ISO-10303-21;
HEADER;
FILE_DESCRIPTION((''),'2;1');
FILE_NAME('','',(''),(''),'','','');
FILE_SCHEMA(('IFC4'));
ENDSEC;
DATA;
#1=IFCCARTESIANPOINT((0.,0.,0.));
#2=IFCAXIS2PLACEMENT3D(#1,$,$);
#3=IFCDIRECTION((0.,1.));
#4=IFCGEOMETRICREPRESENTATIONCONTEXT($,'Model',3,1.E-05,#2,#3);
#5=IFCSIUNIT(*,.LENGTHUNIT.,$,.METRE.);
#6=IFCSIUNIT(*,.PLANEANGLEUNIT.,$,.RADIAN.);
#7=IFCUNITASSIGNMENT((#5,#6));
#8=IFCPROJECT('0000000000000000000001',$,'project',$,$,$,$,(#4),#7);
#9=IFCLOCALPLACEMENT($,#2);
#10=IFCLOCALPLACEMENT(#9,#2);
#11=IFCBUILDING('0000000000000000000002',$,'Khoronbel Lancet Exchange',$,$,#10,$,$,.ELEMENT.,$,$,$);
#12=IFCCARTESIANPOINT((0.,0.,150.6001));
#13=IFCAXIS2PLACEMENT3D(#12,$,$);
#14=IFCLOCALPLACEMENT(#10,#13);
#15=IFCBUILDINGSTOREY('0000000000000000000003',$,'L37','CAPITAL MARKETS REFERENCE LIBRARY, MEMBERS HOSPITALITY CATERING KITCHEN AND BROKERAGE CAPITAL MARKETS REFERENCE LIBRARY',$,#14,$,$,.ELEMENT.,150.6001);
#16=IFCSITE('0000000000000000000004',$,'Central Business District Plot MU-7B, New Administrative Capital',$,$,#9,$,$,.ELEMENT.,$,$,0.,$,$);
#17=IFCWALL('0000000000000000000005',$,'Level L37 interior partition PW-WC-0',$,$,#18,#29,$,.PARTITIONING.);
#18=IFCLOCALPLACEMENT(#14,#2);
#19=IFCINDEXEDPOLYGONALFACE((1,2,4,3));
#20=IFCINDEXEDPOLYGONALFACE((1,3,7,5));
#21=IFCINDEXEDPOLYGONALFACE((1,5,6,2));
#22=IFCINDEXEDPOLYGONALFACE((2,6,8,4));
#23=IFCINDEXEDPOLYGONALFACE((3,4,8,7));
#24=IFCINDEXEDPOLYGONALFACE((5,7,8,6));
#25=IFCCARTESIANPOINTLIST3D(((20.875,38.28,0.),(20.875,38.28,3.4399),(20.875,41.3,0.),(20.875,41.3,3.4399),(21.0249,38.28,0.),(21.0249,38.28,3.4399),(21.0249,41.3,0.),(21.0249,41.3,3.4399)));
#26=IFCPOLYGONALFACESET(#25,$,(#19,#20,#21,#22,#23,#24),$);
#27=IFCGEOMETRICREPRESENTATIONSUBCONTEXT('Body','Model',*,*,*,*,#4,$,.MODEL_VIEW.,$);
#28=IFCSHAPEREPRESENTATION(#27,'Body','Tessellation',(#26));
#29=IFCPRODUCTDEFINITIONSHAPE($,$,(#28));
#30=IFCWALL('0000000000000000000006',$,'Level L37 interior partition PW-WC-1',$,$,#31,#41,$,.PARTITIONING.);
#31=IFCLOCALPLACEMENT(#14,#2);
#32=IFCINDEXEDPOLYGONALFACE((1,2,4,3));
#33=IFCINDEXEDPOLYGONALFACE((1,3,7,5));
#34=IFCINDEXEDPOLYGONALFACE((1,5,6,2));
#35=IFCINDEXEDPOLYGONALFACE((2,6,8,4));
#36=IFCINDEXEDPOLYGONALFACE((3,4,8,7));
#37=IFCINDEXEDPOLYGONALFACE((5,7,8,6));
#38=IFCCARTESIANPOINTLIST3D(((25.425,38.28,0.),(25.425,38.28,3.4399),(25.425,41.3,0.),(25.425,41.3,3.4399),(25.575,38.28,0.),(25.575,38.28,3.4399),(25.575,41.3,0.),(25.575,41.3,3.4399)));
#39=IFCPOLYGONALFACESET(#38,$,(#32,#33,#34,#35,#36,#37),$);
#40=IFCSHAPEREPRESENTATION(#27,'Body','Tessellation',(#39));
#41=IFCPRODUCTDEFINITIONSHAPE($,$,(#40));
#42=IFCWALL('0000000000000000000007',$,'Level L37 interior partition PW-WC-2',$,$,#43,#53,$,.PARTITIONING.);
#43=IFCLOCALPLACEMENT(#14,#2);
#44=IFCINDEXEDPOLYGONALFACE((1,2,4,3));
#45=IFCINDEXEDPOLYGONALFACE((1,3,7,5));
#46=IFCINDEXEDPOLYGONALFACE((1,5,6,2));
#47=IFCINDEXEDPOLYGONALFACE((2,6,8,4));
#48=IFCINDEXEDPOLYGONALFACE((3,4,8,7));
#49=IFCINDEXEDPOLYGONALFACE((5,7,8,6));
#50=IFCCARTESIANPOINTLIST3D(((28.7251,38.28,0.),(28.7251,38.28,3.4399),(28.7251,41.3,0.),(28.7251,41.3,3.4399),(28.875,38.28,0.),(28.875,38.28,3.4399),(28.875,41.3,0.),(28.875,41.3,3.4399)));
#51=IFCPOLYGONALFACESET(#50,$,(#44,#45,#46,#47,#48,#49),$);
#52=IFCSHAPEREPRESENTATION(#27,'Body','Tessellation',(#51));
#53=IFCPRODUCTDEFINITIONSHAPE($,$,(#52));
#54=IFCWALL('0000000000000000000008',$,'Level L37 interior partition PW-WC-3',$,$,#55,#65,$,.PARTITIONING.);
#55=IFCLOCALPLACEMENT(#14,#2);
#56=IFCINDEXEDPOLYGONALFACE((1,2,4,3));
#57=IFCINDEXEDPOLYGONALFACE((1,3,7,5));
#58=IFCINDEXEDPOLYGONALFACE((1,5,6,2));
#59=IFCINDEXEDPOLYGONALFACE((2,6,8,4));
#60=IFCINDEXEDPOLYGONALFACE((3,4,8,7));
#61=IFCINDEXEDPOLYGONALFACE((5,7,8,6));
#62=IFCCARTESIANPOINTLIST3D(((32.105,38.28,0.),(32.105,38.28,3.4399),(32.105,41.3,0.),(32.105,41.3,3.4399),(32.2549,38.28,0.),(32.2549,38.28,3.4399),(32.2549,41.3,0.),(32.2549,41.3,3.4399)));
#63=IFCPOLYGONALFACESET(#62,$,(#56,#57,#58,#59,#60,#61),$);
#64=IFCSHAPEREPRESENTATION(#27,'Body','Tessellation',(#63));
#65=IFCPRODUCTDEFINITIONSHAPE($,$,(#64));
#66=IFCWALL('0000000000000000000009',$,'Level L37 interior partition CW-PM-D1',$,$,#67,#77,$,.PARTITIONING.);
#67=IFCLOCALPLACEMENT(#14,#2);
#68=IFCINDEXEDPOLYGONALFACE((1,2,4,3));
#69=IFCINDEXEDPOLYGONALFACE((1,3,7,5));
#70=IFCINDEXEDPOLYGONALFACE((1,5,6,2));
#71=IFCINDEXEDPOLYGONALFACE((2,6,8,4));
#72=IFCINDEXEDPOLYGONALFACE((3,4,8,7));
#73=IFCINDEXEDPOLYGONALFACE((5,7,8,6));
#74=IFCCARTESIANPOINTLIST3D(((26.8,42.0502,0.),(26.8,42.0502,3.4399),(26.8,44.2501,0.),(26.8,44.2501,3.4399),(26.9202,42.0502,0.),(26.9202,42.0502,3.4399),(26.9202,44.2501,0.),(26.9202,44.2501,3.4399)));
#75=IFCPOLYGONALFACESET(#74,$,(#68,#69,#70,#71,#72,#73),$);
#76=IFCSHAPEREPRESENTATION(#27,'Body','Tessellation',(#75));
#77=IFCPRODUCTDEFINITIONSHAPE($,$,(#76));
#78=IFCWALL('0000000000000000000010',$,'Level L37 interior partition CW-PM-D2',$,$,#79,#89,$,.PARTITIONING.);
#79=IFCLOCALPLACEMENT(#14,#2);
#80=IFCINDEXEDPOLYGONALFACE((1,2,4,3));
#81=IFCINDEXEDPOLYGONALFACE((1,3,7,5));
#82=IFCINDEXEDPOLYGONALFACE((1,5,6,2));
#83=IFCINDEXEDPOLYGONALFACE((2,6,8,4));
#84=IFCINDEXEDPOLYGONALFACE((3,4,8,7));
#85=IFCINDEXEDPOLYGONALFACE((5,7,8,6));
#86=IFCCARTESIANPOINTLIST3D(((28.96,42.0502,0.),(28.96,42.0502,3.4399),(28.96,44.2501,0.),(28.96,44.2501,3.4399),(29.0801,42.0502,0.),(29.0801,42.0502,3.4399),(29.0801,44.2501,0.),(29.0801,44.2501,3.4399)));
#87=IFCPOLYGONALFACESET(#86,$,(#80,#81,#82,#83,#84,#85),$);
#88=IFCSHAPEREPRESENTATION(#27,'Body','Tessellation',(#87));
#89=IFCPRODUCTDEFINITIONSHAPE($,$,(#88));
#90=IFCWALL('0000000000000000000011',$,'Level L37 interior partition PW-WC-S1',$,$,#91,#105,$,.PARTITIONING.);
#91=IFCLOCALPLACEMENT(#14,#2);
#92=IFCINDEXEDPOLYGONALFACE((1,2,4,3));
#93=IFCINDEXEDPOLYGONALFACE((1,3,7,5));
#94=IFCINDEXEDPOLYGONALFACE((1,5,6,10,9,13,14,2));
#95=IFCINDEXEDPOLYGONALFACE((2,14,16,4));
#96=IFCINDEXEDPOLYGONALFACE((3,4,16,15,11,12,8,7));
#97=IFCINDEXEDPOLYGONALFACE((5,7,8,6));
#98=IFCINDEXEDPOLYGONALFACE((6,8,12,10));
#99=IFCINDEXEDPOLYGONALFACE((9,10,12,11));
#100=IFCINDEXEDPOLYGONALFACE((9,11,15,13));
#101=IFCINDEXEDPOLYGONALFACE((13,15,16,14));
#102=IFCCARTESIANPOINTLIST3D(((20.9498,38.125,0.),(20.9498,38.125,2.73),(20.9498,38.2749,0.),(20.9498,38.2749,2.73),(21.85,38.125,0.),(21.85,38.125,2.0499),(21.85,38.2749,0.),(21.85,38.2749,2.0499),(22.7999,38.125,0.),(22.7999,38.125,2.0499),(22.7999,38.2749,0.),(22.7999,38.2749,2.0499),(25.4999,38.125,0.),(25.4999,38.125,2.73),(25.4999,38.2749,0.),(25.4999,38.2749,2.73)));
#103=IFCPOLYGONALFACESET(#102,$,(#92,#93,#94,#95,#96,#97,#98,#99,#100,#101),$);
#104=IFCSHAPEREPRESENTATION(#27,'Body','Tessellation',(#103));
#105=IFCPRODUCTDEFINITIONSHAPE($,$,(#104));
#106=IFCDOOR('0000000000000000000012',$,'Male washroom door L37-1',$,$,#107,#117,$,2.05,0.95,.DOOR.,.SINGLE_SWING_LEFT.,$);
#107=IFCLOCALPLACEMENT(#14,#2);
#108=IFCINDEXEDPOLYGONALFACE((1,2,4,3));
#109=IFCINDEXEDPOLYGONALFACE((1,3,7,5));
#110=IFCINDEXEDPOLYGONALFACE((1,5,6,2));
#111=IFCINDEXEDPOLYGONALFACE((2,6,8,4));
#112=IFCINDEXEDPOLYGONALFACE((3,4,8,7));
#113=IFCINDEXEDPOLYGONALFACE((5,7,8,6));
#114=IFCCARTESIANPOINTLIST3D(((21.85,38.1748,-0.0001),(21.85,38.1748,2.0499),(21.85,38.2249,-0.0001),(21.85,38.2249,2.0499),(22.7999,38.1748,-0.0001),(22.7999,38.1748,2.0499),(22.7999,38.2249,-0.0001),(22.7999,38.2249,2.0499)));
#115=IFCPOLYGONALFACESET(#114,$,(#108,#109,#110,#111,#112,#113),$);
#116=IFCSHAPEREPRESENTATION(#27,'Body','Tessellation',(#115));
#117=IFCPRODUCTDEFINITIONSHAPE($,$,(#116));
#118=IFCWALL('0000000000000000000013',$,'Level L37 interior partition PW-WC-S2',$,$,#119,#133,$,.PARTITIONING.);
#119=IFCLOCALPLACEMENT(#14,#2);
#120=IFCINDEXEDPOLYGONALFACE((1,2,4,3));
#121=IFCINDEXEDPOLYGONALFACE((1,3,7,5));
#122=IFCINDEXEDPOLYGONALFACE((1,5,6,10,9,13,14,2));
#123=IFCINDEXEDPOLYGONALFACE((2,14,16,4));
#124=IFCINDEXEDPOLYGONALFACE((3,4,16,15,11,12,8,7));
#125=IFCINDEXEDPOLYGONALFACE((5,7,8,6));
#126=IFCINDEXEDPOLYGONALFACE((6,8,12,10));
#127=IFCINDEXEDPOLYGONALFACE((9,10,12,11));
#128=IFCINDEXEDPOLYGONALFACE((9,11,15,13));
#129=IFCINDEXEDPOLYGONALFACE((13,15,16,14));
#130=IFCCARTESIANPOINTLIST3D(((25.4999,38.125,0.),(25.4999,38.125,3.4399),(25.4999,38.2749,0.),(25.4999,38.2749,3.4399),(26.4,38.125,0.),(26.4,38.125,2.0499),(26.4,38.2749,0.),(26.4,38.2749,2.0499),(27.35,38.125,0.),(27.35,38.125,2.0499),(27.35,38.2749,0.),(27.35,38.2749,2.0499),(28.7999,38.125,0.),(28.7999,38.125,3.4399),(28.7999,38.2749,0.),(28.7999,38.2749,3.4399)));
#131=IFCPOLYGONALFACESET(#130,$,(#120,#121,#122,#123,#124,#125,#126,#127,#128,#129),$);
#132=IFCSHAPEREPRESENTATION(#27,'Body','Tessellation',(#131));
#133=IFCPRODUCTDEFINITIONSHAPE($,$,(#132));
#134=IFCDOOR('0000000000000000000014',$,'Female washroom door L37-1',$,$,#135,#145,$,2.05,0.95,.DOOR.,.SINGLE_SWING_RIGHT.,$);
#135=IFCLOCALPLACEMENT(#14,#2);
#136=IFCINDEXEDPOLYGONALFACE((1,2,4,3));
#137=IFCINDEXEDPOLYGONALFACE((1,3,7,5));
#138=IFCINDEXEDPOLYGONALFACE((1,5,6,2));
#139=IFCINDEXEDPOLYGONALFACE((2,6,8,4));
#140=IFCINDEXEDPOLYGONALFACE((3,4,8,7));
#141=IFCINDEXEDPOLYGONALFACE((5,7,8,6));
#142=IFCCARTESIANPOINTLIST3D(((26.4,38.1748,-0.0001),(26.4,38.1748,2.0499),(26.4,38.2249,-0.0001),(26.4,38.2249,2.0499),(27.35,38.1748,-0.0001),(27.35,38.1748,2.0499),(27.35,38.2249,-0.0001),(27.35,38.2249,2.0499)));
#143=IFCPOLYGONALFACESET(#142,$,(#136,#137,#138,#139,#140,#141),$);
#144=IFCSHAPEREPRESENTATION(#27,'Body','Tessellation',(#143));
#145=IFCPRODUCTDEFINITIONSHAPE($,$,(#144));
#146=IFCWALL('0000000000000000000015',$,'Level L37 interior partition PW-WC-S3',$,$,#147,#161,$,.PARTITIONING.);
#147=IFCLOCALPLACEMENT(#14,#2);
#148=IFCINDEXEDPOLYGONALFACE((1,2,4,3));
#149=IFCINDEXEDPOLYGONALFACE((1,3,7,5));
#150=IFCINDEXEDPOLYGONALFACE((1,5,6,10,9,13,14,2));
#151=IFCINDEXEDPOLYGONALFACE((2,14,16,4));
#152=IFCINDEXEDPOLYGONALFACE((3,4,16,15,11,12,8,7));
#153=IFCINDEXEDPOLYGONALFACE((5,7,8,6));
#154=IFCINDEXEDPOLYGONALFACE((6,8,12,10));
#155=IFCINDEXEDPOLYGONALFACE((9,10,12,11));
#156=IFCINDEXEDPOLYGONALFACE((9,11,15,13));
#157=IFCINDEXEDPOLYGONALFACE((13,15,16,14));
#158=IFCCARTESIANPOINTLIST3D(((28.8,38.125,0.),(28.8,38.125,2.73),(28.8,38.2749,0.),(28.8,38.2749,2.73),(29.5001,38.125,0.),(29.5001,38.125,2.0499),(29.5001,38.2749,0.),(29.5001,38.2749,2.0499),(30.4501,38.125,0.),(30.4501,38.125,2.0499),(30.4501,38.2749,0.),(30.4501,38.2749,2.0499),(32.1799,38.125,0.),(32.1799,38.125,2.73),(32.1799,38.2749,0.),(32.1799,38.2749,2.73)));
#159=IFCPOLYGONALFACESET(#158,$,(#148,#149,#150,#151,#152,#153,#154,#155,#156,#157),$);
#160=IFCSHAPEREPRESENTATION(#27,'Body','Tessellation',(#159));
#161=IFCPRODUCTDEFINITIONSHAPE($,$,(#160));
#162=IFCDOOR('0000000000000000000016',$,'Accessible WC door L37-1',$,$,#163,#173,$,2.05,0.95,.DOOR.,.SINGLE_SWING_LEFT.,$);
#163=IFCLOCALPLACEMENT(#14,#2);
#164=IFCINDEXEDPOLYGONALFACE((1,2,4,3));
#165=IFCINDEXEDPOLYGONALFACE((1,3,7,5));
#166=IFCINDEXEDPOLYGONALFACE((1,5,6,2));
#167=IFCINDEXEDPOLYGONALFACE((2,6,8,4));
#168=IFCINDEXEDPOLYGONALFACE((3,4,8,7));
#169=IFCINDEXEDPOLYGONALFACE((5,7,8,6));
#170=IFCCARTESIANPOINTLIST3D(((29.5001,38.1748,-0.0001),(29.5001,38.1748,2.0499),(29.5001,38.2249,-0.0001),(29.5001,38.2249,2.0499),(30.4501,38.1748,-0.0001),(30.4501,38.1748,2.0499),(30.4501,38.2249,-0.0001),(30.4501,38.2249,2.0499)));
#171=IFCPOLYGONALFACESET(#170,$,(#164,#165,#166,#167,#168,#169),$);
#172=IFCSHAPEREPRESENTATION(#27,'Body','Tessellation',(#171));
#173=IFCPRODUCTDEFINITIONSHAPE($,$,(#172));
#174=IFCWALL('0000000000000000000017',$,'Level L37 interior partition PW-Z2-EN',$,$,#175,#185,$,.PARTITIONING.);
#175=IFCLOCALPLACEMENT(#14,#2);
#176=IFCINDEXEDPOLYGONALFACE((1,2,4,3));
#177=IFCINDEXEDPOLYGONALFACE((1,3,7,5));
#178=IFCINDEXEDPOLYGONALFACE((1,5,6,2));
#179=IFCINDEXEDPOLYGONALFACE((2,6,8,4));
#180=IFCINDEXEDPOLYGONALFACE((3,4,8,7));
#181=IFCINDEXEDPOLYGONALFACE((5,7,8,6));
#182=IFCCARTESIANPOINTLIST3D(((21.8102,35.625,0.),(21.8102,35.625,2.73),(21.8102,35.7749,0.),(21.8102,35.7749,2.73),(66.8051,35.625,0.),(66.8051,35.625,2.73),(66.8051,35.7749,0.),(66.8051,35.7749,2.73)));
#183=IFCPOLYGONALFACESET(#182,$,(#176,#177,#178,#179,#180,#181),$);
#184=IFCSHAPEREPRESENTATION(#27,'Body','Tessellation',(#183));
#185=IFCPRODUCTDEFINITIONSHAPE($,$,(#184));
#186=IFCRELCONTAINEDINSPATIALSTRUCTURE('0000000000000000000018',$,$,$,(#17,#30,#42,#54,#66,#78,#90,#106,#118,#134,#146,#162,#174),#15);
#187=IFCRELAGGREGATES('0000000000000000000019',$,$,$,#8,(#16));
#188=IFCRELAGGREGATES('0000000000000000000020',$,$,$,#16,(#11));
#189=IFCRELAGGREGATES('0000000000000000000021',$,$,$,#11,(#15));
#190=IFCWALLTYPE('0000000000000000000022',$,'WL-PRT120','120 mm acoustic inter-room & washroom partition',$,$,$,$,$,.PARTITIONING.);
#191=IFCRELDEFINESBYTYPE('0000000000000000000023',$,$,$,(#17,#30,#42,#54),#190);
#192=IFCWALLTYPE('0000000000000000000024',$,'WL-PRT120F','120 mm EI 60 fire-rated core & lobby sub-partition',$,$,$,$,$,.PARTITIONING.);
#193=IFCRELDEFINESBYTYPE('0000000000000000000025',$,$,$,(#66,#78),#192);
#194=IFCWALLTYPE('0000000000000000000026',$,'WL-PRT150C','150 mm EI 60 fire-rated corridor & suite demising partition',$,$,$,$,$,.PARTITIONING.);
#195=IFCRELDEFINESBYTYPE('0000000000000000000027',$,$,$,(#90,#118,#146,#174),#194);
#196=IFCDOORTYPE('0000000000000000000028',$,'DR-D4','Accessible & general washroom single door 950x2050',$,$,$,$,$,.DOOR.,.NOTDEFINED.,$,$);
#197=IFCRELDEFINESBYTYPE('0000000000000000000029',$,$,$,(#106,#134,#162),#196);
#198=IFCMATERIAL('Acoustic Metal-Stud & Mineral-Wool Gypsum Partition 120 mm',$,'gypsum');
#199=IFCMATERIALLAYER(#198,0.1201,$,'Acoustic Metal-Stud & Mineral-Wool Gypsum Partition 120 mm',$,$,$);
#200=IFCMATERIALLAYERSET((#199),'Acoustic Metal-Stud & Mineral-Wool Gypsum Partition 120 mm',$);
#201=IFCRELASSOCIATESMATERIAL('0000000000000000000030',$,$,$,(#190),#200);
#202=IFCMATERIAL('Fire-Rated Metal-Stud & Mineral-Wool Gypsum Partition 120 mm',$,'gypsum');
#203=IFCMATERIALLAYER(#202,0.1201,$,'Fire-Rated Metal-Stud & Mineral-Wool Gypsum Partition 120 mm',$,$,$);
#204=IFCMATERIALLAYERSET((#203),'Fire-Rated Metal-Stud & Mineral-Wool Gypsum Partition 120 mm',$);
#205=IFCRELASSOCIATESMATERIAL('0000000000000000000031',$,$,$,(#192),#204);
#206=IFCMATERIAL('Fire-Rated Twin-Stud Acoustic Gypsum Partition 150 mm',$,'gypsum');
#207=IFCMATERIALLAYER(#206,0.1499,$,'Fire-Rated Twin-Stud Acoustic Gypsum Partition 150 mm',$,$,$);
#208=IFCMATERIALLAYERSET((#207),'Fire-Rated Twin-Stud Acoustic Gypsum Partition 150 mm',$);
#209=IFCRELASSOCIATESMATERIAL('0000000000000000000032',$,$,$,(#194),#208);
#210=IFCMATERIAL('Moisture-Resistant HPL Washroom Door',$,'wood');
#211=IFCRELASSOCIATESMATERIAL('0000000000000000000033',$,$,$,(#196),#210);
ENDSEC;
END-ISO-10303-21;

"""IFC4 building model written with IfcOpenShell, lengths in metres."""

from ifc_helpers import new_model, si_unit, direction, frame, frame_2d, origin, place, context, subcontext, project, spatial, rectangle, extrude, material, layer, layer_set, type_object, element, fill, save


model = new_model("IFC4")

# Units and contexts
model_context = context("Model", 3, precision=1e-05, world=origin(), true_north=direction((0.0, 1.0)))
body_context = subcontext(model_context, "Body", "Model", "MODEL_VIEW")
ifc_project = project(units=[si_unit("LENGTHUNIT", "METRE"), si_unit("PLANEANGLEUNIT", "RADIAN")], contexts=[model_context])

# Site, building, storey
site_placement = place(None, origin())
site = spatial("IfcSite", under=ifc_project, at=site_placement, Name="Central Business District Plot MU-7B, New Administrative Capital", CompositionType="ELEMENT", RefElevation=0.0)
building_placement = place(site_placement, origin())
building = spatial("IfcBuilding", under=site, at=building_placement, Name="Khoronbel Lancet Exchange", CompositionType="ELEMENT")
storey_placement = place(building_placement, frame((0.0, 0.0, 150.6001)))
storey = spatial("IfcBuildingStorey", under=building, at=storey_placement, Name="L37", Description="CAPITAL MARKETS REFERENCE LIBRARY, MEMBERS HOSPITALITY CATERING KITCHEN AND BROKERAGE CAPITAL MARKETS REFERENCE LIBRARY", CompositionType="ELEMENT", Elevation=150.6001)

# Walls
ifc_material_1 = material(Name="Acoustic Metal-Stud & Mineral-Wool Gypsum Partition 120 mm", Category="gypsum")
ifc_layer_1 = layer(ifc_material_1, 0.1201, Name="Acoustic Metal-Stud & Mineral-Wool Gypsum Partition 120 mm")
ifc_layer_set_1 = layer_set([ifc_layer_1], Name="Acoustic Metal-Stud & Mineral-Wool Gypsum Partition 120 mm")
wall_type_1 = type_object("IfcWallType", Name="WL-PRT120", Description="120 mm acoustic inter-room & washroom partition", PredefinedType="PARTITIONING", material=ifc_layer_set_1)
for number, where, z_axis, x_axis, name in (
    (1, (20.95, 38.28, 0.0), (0.0, 0.0, 1.0), (0.0, 1.0, 0.0), "Level L37 interior partition PW-WC-0"),
    (2, (25.5, 38.28, 0.0), (0.0, 0.0, 1.0), (0.0, 1.0, 0.0), "Level L37 interior partition PW-WC-1"),
    (3, (28.8, 38.28, 0.0), (0.0, 0.0, 1.0), (0.0, 1.0, 0.0), "Level L37 interior partition PW-WC-2"),
    (4, (32.1799, 38.28, 0.0), (0.0, 0.0, 1.0), (0.0, 1.0, 0.0), "Level L37 interior partition PW-WC-3"),
):
    element("IfcWall", number, at=place(storey_placement, frame(where, z_axis=z_axis, x_axis=x_axis)), inside=storey, type_object=wall_type_1, Name=name, PredefinedType="PARTITIONING", context=body_context, shape_type="SweptSolid", body=[
        extrude(rectangle(XDim=3.02, YDim=0.1499, at=frame_2d((1.51, 0.0))), origin(), (0.0, 0.0, 1.0), 3.4399),
    ])
ifc_material_2 = material(Name="Fire-Rated Metal-Stud & Mineral-Wool Gypsum Partition 120 mm", Category="gypsum")
ifc_layer_2 = layer(ifc_material_2, 0.1201, Name="Fire-Rated Metal-Stud & Mineral-Wool Gypsum Partition 120 mm")
ifc_layer_set_2 = layer_set([ifc_layer_2], Name="Fire-Rated Metal-Stud & Mineral-Wool Gypsum Partition 120 mm")
wall_type_2 = type_object("IfcWallType", Name="WL-PRT120F", Description="120 mm EI 60 fire-rated core & lobby sub-partition", PredefinedType="PARTITIONING", material=ifc_layer_set_2)
for number, where, z_axis, x_axis, name in (
    (5, (26.8601, 42.05, 0.0), (0.0, 0.0, 1.0), (0.0, 1.0, 0.0), "Level L37 interior partition CW-PM-D1"),
    (6, (29.02, 42.05, 0.0), (0.0, 0.0, 1.0), (0.0, 1.0, 0.0), "Level L37 interior partition CW-PM-D2"),
):
    element("IfcWall", number, at=place(storey_placement, frame(where, z_axis=z_axis, x_axis=x_axis)), inside=storey, type_object=wall_type_2, Name=name, PredefinedType="PARTITIONING", context=body_context, shape_type="SweptSolid", body=[
        extrude(rectangle(XDim=2.2, YDim=0.1201, at=frame_2d((1.1001, 0.0))), origin(), (0.0, 0.0, 1.0), 3.4399),
    ])

# Walls, openings, doors
ifc_material_3 = material(Name="Fire-Rated Twin-Stud Acoustic Gypsum Partition 150 mm", Category="gypsum")
ifc_layer_3 = layer(ifc_material_3, 0.1499, Name="Fire-Rated Twin-Stud Acoustic Gypsum Partition 150 mm")
ifc_layer_set_3 = layer_set([ifc_layer_3], Name="Fire-Rated Twin-Stud Acoustic Gypsum Partition 150 mm")
wall_type_3 = type_object("IfcWallType", Name="WL-PRT150C", Description="150 mm EI 60 fire-rated corridor & suite demising partition", PredefinedType="PARTITIONING", material=ifc_layer_set_3)
wall_1_placement = place(storey_placement, frame((20.95, 38.2, 0.0), z_axis=(0.0, 0.0, 1.0), x_axis=(1.0, 0.0, 0.0)))
wall_1 = element("IfcWall", 7, at=wall_1_placement, inside=storey, type_object=wall_type_3, Name="Level L37 interior partition PW-WC-S1", PredefinedType="PARTITIONING", context=body_context, shape_type="SweptSolid", body=[
    extrude(rectangle(XDim=4.55, YDim=0.1499, at=frame_2d((2.2749, 0.0))), origin(), (0.0, 0.0, 1.0), 2.73),
])
opening_1_placement = place(wall_1_placement, frame((0.8999, 0.0, 0.0)))
opening_1 = element("IfcOpeningElement", 8, at=opening_1_placement, cuts=wall_1, PredefinedType="OPENING", context=body_context, shape_type="SweptSolid", body=[
    extrude(rectangle(XDim=0.95, YDim=2.05, at=frame_2d((0.4751, 1.0249))), frame((0.0, 0.085, 0.0), z_axis=(0.0, -1.0, 0.0), x_axis=(1.0, 0.0, 0.0)), (0.0, 0.0, 1.0), 0.1699),
])
ifc_material_4 = material(Name="Moisture-Resistant HPL Washroom Door", Category="wood")
door_type_1 = type_object("IfcDoorType", Name="DR-D4", Description="Accessible & general washroom single door 950x2050", OperationType="NOTDEFINED", PredefinedType="DOOR", material=ifc_material_4)
door_1_placement = place(opening_1_placement, origin())
door_1 = element("IfcDoor", 9, at=door_1_placement, inside=storey, type_object=door_type_1, Name="Male washroom door L37-1", OperationType="SINGLE_SWING_LEFT", OverallHeight=2.05, OverallWidth=0.95, PredefinedType="DOOR", context=body_context, shape_type="SweptSolid", body=[
    extrude(rectangle(XDim=0.95, YDim=2.05, at=frame_2d((0.4751, 1.0249))), frame((0.0, 0.0249, 0.0), z_axis=(0.0, -1.0, 0.0), x_axis=(1.0, 0.0, 0.0)), (0.0, 0.0, 1.0), 0.05),
])
fill(opening_1, door_1)
wall_2_placement = place(storey_placement, frame((25.5, 38.2, 0.0), z_axis=(0.0, 0.0, 1.0), x_axis=(1.0, 0.0, 0.0)))
wall_2 = element("IfcWall", 10, at=wall_2_placement, inside=storey, type_object=wall_type_3, Name="Level L37 interior partition PW-WC-S2", PredefinedType="PARTITIONING", context=body_context, shape_type="SweptSolid", body=[
    extrude(rectangle(XDim=3.3, YDim=0.1499, at=frame_2d((1.6499, 0.0))), origin(), (0.0, 0.0, 1.0), 3.4399),
])
opening_2_placement = place(wall_2_placement, frame((0.8999, 0.0, 0.0)))
opening_2 = element("IfcOpeningElement", 11, at=opening_2_placement, cuts=wall_2, PredefinedType="OPENING", context=body_context, shape_type="SweptSolid", body=[
    extrude(rectangle(XDim=0.95, YDim=2.05, at=frame_2d((0.4751, 1.0249))), frame((0.0, 0.085, 0.0), z_axis=(0.0, -1.0, 0.0), x_axis=(1.0, 0.0, 0.0)), (0.0, 0.0, 1.0), 0.1699),
])
door_2_placement = place(opening_2_placement, origin())
door_2 = element("IfcDoor", 12, at=door_2_placement, inside=storey, type_object=door_type_1, Name="Female washroom door L37-1", OperationType="SINGLE_SWING_RIGHT", OverallHeight=2.05, OverallWidth=0.95, PredefinedType="DOOR", context=body_context, shape_type="SweptSolid", body=[
    extrude(rectangle(XDim=0.95, YDim=2.05, at=frame_2d((0.4751, 1.0249))), frame((0.0, 0.0249, 0.0), z_axis=(0.0, -1.0, 0.0), x_axis=(1.0, 0.0, 0.0)), (0.0, 0.0, 1.0), 0.05),
])
fill(opening_2, door_2)
wall_3_placement = place(storey_placement, frame((28.8, 38.2, 0.0), z_axis=(0.0, 0.0, 1.0), x_axis=(1.0, 0.0, 0.0)))
wall_3 = element("IfcWall", 13, at=wall_3_placement, inside=storey, type_object=wall_type_3, Name="Level L37 interior partition PW-WC-S3", PredefinedType="PARTITIONING", context=body_context, shape_type="SweptSolid", body=[
    extrude(rectangle(XDim=3.3799, YDim=0.1499, at=frame_2d((1.6899, 0.0))), origin(), (0.0, 0.0, 1.0), 2.73),
])
opening_3_placement = place(wall_3_placement, frame((0.7, 0.0, 0.0)))
opening_3 = element("IfcOpeningElement", 14, at=opening_3_placement, cuts=wall_3, PredefinedType="OPENING", context=body_context, shape_type="SweptSolid", body=[
    extrude(rectangle(XDim=0.95, YDim=2.05, at=frame_2d((0.4751, 1.0249))), frame((0.0, 0.085, 0.0), z_axis=(0.0, -1.0, 0.0), x_axis=(1.0, 0.0, 0.0)), (0.0, 0.0, 1.0), 0.1699),
])
door_3_placement = place(opening_3_placement, origin())
door_3 = element("IfcDoor", 15, at=door_3_placement, inside=storey, type_object=door_type_1, Name="Accessible WC door L37-1", OperationType="SINGLE_SWING_LEFT", OverallHeight=2.05, OverallWidth=0.95, PredefinedType="DOOR", context=body_context, shape_type="SweptSolid", body=[
    extrude(rectangle(XDim=0.95, YDim=2.05, at=frame_2d((0.4751, 1.0249))), frame((0.0, 0.0249, 0.0), z_axis=(0.0, -1.0, 0.0), x_axis=(1.0, 0.0, 0.0)), (0.0, 0.0, 1.0), 0.05),
])
fill(opening_3, door_3)

# Wall
wall_4_placement = place(storey_placement, frame((21.8101, 35.7, 0.0), z_axis=(0.0, 0.0, 1.0), x_axis=(1.0, 0.0, 0.0)))
element("IfcWall", 16, at=wall_4_placement, inside=storey, type_object=wall_type_3, Name="Level L37 interior partition PW-Z2-EN", PredefinedType="PARTITIONING", context=body_context, shape_type="SweptSolid", body=[
    extrude(rectangle(XDim=44.9949, YDim=0.1499, at=frame_2d((22.4976, 0.0))), origin(), (0.0, 0.0, 1.0), 2.73),
])

save(model, "model.ifc")
